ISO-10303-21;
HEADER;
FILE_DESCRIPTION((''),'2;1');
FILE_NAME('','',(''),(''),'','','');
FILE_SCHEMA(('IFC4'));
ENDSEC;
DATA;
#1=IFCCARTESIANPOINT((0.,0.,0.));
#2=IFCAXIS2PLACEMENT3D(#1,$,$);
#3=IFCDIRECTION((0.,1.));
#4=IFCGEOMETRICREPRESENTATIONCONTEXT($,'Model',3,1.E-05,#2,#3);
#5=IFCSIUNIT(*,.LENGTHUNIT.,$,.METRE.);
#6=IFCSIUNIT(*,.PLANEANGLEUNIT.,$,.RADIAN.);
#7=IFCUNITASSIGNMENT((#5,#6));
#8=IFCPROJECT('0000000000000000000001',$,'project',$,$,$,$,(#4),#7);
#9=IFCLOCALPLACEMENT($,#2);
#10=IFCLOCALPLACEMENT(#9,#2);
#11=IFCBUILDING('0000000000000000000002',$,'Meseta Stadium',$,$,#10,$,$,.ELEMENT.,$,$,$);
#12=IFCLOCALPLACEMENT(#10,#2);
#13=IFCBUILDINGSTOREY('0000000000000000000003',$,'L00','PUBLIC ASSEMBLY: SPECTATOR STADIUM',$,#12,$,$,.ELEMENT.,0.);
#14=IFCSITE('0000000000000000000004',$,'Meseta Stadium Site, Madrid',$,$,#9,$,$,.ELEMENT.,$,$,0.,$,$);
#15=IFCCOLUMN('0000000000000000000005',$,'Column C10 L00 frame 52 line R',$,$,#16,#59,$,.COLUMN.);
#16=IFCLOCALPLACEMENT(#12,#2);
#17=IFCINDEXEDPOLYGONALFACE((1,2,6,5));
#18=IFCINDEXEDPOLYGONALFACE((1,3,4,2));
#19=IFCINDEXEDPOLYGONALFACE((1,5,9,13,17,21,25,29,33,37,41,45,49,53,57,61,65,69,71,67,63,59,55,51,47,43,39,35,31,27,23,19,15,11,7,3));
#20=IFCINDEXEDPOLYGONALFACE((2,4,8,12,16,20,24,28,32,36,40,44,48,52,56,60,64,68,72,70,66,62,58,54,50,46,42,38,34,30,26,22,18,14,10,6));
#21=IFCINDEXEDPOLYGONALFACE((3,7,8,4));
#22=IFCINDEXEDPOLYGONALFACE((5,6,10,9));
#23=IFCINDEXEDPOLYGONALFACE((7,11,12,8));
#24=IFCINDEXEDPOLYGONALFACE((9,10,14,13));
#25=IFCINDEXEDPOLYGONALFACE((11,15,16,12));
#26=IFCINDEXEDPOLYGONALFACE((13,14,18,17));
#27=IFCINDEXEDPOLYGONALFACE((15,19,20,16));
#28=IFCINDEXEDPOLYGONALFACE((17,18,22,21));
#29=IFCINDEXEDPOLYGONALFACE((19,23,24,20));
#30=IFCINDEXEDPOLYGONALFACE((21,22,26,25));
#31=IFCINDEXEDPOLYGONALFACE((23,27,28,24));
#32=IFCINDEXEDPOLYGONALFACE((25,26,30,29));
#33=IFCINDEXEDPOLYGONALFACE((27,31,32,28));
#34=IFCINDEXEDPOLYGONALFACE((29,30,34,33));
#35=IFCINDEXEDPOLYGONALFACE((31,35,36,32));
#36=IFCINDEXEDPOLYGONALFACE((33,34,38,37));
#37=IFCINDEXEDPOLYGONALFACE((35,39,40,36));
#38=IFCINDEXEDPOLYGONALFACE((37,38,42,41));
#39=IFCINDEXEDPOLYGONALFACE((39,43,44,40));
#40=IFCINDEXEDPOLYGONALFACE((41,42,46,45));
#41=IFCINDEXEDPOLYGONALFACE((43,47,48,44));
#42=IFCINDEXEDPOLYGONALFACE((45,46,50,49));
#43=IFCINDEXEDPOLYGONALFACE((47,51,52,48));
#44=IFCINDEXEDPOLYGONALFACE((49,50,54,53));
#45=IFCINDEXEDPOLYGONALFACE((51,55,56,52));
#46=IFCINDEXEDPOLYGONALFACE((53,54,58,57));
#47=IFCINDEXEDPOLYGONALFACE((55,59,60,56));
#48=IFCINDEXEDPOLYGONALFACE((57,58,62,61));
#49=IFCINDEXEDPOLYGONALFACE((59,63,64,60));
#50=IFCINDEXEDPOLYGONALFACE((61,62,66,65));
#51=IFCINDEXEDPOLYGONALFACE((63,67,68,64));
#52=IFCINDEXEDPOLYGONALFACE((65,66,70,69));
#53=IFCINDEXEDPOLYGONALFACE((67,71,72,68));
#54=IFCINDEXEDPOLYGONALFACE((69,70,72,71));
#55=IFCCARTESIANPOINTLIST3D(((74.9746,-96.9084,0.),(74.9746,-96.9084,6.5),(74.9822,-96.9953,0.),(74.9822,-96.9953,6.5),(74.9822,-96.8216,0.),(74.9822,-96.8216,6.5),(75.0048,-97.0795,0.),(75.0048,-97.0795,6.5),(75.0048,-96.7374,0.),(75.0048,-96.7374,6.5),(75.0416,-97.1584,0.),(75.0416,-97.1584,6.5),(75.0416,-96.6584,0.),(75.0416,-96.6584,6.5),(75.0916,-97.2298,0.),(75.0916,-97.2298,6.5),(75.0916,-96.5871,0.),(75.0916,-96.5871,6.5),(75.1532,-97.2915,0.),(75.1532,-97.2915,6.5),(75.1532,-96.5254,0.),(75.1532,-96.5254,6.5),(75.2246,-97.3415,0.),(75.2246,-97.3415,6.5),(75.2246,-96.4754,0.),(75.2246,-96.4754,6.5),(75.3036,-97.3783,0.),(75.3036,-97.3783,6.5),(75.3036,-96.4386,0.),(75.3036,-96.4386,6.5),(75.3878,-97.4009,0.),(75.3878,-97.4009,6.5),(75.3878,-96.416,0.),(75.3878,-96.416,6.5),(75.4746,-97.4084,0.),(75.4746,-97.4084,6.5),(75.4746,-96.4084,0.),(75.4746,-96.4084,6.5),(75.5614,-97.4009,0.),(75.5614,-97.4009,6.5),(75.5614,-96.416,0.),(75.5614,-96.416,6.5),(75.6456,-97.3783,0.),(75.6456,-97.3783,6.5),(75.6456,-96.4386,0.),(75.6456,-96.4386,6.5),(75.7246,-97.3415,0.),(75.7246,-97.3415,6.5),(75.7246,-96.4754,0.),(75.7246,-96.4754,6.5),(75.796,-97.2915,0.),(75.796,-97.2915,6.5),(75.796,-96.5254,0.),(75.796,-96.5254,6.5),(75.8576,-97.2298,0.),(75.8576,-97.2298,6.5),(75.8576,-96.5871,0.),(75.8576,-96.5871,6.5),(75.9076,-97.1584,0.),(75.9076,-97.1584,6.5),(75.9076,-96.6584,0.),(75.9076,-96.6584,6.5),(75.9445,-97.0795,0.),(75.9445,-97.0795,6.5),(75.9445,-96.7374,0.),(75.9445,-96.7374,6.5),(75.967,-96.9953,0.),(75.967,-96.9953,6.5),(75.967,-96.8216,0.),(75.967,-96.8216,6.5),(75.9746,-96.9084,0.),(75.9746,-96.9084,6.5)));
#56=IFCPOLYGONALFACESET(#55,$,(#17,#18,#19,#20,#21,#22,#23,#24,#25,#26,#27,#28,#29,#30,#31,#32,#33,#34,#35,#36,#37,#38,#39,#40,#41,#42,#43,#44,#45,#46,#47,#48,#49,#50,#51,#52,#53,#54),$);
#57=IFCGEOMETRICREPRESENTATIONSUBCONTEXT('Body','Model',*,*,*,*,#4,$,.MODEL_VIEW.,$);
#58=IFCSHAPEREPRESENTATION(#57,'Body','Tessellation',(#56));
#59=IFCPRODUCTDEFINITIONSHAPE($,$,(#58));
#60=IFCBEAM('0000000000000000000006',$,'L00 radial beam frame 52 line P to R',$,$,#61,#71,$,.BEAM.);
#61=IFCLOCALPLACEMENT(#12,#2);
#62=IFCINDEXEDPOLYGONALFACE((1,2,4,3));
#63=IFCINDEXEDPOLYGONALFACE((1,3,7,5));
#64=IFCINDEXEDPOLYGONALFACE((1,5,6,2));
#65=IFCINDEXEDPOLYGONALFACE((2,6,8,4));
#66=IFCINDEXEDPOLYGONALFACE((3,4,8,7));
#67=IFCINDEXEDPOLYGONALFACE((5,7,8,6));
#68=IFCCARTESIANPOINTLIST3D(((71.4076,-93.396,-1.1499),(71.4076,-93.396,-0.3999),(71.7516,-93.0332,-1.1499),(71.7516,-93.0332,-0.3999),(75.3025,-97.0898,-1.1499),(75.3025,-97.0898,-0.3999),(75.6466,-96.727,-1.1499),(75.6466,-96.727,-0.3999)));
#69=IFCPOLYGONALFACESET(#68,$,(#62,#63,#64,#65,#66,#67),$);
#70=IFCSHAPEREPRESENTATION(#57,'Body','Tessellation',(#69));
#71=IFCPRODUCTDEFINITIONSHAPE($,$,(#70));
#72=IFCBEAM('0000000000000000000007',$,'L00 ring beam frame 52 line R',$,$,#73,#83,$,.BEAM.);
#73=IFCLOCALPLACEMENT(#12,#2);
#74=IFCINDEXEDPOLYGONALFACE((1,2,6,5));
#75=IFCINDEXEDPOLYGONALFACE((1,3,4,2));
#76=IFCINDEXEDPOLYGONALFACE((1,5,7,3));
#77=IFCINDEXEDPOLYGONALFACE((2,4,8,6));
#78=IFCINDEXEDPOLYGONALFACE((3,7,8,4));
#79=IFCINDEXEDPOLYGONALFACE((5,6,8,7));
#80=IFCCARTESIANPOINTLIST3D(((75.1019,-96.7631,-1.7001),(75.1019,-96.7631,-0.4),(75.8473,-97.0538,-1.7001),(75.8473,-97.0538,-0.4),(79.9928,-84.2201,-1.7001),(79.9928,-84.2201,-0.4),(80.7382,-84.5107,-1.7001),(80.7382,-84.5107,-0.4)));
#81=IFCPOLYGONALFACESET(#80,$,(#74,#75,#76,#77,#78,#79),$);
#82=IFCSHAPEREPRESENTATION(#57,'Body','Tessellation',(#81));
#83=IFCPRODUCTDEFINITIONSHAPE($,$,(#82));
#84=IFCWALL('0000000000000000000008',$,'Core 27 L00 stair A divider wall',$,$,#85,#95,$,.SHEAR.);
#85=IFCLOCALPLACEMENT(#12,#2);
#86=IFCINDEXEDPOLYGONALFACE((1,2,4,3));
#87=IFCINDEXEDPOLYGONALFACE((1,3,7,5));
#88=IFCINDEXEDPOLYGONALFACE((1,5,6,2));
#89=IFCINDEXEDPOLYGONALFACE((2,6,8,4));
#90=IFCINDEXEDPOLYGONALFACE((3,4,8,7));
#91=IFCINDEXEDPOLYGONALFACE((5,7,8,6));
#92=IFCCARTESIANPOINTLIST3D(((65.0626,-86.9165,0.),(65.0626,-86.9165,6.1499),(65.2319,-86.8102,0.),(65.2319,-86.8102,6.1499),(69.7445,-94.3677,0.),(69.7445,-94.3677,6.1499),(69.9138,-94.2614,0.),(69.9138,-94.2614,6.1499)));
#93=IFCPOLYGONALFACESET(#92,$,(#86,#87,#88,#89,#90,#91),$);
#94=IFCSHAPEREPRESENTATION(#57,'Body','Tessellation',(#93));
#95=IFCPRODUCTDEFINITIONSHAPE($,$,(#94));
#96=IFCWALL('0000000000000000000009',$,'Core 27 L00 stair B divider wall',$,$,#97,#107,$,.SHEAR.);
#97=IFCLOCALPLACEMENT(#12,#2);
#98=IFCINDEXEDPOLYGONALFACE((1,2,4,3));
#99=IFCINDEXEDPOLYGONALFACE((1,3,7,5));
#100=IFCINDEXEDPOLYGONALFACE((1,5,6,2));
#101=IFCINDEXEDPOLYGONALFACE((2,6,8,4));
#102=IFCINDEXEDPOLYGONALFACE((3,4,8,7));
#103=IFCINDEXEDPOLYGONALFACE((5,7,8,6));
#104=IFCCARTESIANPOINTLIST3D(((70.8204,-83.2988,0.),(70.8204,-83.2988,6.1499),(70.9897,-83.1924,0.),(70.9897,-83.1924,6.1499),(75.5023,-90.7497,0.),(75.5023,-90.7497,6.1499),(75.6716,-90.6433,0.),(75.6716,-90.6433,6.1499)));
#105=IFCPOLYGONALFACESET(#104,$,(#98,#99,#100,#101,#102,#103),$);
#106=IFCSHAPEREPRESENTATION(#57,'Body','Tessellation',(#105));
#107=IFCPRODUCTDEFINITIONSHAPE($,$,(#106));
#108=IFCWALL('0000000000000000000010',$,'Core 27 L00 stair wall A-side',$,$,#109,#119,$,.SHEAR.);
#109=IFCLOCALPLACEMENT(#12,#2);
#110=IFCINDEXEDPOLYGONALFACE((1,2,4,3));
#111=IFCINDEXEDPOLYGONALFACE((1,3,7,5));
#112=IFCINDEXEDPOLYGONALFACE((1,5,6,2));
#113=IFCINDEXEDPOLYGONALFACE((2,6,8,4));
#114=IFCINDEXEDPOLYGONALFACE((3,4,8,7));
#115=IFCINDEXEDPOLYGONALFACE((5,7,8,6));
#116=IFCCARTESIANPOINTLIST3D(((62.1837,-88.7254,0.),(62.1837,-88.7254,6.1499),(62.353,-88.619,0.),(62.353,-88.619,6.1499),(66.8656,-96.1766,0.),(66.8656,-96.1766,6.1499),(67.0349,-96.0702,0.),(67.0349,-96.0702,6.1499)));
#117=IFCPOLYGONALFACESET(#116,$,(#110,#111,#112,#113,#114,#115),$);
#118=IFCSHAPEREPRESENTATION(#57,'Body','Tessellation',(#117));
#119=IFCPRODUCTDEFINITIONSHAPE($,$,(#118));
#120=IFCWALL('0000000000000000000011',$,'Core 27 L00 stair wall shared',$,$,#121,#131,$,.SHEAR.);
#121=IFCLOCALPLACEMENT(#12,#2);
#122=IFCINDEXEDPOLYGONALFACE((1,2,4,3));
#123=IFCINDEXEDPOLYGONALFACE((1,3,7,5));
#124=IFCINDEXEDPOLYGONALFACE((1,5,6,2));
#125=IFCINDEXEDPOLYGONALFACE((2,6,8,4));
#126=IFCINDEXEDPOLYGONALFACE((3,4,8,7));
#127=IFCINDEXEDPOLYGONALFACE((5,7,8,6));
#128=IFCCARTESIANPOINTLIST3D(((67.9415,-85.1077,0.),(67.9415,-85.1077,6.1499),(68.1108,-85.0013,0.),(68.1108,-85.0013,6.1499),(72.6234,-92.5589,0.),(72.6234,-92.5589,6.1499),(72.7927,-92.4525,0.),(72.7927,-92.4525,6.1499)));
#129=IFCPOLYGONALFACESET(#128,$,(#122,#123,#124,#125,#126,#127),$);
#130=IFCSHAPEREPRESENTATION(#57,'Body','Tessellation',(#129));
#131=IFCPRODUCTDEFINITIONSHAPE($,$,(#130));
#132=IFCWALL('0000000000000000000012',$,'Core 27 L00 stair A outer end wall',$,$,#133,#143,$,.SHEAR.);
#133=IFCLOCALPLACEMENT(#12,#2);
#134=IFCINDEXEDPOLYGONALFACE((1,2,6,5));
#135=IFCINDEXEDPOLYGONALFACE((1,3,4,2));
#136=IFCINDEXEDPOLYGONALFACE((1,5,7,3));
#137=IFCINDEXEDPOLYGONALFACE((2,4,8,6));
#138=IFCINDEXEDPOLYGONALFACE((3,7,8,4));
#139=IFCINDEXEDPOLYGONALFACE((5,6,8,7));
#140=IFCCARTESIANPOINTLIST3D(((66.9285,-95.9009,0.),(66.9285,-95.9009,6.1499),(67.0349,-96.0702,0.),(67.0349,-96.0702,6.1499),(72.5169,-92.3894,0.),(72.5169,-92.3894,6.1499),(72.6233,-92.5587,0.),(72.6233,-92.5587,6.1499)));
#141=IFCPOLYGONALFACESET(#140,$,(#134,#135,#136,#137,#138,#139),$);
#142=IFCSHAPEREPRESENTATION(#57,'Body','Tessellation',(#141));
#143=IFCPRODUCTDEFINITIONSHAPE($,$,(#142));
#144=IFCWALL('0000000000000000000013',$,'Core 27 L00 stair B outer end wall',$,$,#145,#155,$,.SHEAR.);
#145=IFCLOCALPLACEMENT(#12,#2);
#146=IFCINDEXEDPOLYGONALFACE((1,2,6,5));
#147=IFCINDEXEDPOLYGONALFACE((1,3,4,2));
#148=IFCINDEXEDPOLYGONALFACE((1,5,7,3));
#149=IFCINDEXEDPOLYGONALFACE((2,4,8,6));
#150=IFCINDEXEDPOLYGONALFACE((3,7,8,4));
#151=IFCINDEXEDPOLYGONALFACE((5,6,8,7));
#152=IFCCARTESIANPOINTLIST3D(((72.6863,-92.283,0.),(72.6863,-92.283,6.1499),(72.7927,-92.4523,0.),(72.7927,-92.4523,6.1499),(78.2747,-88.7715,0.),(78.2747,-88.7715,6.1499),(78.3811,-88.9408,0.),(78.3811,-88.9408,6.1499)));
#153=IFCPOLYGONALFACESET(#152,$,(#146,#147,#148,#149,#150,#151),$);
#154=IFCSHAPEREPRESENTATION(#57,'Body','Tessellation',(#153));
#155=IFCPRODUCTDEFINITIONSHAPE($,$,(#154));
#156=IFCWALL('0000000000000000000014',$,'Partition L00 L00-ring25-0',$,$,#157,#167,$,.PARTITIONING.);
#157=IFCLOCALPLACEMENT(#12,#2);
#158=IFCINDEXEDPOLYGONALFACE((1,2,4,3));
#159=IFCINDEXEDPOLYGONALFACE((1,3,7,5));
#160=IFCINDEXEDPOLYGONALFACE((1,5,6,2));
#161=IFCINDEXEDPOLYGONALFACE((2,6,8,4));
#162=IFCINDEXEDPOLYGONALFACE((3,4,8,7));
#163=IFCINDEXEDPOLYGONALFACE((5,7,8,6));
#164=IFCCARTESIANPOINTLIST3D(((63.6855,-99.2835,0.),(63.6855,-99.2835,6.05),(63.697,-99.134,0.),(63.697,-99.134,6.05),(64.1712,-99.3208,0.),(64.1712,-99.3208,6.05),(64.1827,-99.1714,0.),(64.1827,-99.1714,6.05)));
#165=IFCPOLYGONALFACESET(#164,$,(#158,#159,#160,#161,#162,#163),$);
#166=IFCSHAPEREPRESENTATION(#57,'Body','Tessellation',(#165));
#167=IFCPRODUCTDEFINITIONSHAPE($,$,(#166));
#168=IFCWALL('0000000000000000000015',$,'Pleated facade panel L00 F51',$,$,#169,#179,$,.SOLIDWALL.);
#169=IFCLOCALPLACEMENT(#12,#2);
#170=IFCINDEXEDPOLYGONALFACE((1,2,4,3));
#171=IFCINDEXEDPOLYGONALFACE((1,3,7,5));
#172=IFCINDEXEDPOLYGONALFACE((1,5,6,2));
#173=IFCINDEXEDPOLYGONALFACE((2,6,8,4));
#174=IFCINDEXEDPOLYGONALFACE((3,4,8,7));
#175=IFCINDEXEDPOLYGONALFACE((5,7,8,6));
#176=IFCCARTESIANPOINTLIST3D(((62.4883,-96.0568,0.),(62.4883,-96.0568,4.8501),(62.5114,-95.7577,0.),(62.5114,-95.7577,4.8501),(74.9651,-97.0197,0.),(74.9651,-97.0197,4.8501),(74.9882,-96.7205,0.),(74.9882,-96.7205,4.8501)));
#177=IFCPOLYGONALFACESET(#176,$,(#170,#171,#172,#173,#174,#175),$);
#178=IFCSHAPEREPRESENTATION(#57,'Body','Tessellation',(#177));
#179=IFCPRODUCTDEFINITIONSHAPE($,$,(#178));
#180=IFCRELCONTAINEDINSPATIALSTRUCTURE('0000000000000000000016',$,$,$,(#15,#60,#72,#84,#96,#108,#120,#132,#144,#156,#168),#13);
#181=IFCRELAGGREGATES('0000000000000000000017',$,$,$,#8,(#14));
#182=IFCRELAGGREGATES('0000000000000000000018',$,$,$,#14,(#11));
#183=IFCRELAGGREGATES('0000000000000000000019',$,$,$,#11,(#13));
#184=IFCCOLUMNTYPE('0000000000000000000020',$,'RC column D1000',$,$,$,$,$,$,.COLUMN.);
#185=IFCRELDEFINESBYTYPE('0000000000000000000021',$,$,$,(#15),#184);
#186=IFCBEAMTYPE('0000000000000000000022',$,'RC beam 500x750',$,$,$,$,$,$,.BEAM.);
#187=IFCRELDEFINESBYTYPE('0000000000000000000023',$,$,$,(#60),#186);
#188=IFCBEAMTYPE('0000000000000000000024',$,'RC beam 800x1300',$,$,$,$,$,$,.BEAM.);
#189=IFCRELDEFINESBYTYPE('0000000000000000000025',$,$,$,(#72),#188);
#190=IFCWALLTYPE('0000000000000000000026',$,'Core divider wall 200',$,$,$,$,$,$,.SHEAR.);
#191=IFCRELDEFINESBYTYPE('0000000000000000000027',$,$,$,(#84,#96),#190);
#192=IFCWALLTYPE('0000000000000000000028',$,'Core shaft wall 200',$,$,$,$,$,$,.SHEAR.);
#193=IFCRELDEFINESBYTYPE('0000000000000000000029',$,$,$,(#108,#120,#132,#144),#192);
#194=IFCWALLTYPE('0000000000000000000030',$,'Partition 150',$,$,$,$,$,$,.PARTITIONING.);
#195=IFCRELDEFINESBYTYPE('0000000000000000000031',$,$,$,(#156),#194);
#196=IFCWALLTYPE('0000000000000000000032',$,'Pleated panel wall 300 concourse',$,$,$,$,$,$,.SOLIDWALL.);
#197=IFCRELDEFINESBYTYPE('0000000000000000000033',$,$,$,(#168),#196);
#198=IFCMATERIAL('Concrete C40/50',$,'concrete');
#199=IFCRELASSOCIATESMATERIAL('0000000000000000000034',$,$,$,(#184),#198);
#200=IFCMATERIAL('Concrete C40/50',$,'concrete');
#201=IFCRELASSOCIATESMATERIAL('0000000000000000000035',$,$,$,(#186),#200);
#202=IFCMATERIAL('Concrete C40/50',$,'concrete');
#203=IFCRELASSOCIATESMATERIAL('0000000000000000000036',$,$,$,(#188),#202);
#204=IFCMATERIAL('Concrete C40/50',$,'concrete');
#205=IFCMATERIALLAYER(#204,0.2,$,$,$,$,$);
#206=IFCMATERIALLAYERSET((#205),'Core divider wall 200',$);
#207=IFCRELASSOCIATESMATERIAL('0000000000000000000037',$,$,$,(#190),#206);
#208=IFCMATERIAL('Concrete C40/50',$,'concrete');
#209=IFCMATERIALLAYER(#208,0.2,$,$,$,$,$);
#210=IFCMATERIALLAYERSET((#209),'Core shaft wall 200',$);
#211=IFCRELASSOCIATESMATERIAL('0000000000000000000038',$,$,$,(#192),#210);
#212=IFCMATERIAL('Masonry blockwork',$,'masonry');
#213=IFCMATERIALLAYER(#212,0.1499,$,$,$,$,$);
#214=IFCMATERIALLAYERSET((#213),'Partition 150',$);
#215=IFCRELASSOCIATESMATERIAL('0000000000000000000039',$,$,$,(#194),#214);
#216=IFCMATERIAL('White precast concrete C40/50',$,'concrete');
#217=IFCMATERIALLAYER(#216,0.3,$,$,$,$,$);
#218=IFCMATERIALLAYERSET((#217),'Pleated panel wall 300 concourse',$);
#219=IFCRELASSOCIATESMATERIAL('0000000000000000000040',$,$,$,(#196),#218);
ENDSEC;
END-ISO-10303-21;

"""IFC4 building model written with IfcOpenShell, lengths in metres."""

from ifc_helpers import new_model, si_unit, direction, frame, frame_2d, origin, origin_2d, place, context, subcontext, project, spatial, rectangle, circle, extrude, material, layer, layer_set, material_profile, profile_set, type_object, element, save


model = new_model("IFC4")

# Units and contexts
model_context = context("Model", 3, precision=1e-05, world=origin(), true_north=direction((0.0, 1.0)))
body_context = subcontext(model_context, "Body", "Model", "MODEL_VIEW")
ifc_project = project(units=[si_unit("LENGTHUNIT", "METRE"), si_unit("PLANEANGLEUNIT", "RADIAN")], contexts=[model_context])

# Site, building, storey
site_placement = place(None, origin())
site = spatial("IfcSite", under=ifc_project, at=site_placement, Name="Meseta Stadium Site, Madrid", CompositionType="ELEMENT", RefElevation=0.0)
building_placement = place(site_placement, origin())
building = spatial("IfcBuilding", under=site, at=building_placement, Name="Meseta Stadium", CompositionType="ELEMENT")
storey_placement = place(building_placement, origin())
storey = spatial("IfcBuildingStorey", under=building, at=storey_placement, Name="L00", Description="PUBLIC ASSEMBLY: SPECTATOR STADIUM", CompositionType="ELEMENT", Elevation=0.0)

# Column
ifc_material_1 = material(Name="Concrete C40/50", Category="concrete")
ifc_material_profile_1 = material_profile(ifc_material_1, circle(Radius=0.5, at=origin_2d()), Name="RC D1000")
ifc_profile_set_1 = profile_set([ifc_material_profile_1], Name="Concrete C40/50")
column_type = type_object("IfcColumnType", Name="RC column D1000", PredefinedType="COLUMN", material=ifc_profile_set_1)
column_placement = place(storey_placement, frame((75.4746, -96.9084, 0.0), z_axis=(0.0, 0.0, 1.0), x_axis=(1.0, 0.0, 0.0)))
element("IfcColumn", 1, at=column_placement, inside=storey, type_object=column_type, Name="Column C10 L00 frame 52 line R", PredefinedType="COLUMN", context=body_context, shape_type="SweptSolid", body=[
    extrude(circle(Radius=0.5, at=origin_2d()), origin(), (0.0, 0.0, 1.0), 6.5),
])

# Beams
ifc_material_2 = material(Name="Concrete C40/50", Category="concrete")
ifc_material_profile_2 = material_profile(ifc_material_2, rectangle(XDim=0.5, YDim=0.75, at=origin_2d()), Name="RC 500x750")
ifc_profile_set_2 = profile_set([ifc_material_profile_2], Name="Concrete C40/50")
beam_type_1 = type_object("IfcBeamType", Name="RC beam 500x750", PredefinedType="BEAM", material=ifc_profile_set_2)
beam_1_placement = place(storey_placement, frame((71.5796, -93.2146, -0.7749), z_axis=(0.725596, -0.68812, 0.0), x_axis=(0.68812, 0.725596, 0.0)))
element("IfcBeam", 2, at=beam_1_placement, inside=storey, type_object=beam_type_1, Name="L00 radial beam frame 52 line P to R", PredefinedType="BEAM", context=body_context, shape_type="SweptSolid", body=[
    extrude(rectangle(XDim=0.5, YDim=0.75, at=origin_2d()), origin(), (0.0, 0.0, 1.0), 5.3679),
])
ifc_material_3 = material(Name="Concrete C40/50", Category="concrete")
ifc_material_profile_3 = material_profile(ifc_material_3, rectangle(XDim=0.8, YDim=1.3, at=origin_2d()), Name="RC 800x1300")
ifc_profile_set_3 = profile_set([ifc_material_profile_3], Name="Concrete C40/50")
beam_type_2 = type_object("IfcBeamType", Name="RC beam 800x1300", PredefinedType="BEAM", material=ifc_profile_set_3)
beam_2_placement = place(storey_placement, frame((75.4746, -96.9084, -1.05), z_axis=(0.363288, 0.931677, 0.0), x_axis=(-0.931677, 0.363288, 0.0)))
element("IfcBeam", 3, at=beam_2_placement, inside=storey, type_object=beam_type_2, Name="L00 ring beam frame 52 line R", PredefinedType="BEAM", context=body_context, shape_type="SweptSolid", body=[
    extrude(rectangle(XDim=0.8, YDim=1.3, at=origin_2d()), origin(), (0.0, 0.0, 1.0), 13.4629),
])

# Walls
ifc_material_4 = material(Name="Concrete C40/50", Category="concrete")
ifc_layer_1 = layer(ifc_material_4, 0.2)
ifc_layer_set_1 = layer_set([ifc_layer_1], Name="Core divider wall 200")
wall_type_1 = type_object("IfcWallType", Name="Core divider wall 200", PredefinedType="SHEAR", material=ifc_layer_set_1)
wall_1_placement = place(storey_placement, frame((69.8291, -94.3145, 0.0), z_axis=(0.0, 0.0, 1.0), x_axis=(-0.532032, 0.846724, 0.0)))
element("IfcWall", 4, at=wall_1_placement, inside=storey, type_object=wall_type_1, Name="Core 27 L00 stair A divider wall", PredefinedType="SHEAR", context=body_context, shape_type="SweptSolid", body=[
    extrude(rectangle(XDim=8.8, YDim=0.2, at=frame_2d((4.3999, 0.0))), origin(), (0.0, 0.0, 1.0), 6.1499),
])
wall_2_placement = place(storey_placement, frame((75.5869, -90.6965, 0.0), z_axis=(0.0, 0.0, 1.0), x_axis=(-0.532045, 0.846716, 0.0)))
element("IfcWall", 5, at=wall_2_placement, inside=storey, type_object=wall_type_1, Name="Core 27 L00 stair B divider wall", PredefinedType="SHEAR", context=body_context, shape_type="SweptSolid", body=[
    extrude(rectangle(XDim=8.7998, YDim=0.2, at=frame_2d((4.3999, 0.0))), origin(), (0.0, 0.0, 1.0), 6.1499),
])
ifc_material_5 = material(Name="Concrete C40/50", Category="concrete")
ifc_layer_2 = layer(ifc_material_5, 0.2)
ifc_layer_set_2 = layer_set([ifc_layer_2], Name="Core shaft wall 200")
wall_type_2 = type_object("IfcWallType", Name="Core shaft wall 200", PredefinedType="SHEAR", material=ifc_layer_set_2)
for number, where, z_axis, x_axis, name in (
    (6, (66.9502, -96.1233, 0.0), (0.0, 0.0, 1.0), (-0.532032, 0.846724, 0.0), "Core 27 L00 stair wall A-side"),
    (7, (72.708, -92.5056, 0.0), (0.0, 0.0, 1.0), (-0.532032, 0.846724, 0.0), "Core 27 L00 stair wall shared"),
):
    element("IfcWall", number, at=place(storey_placement, frame(where, z_axis=z_axis, x_axis=x_axis)), inside=storey, type_object=wall_type_2, Name=name, PredefinedType="SHEAR", context=body_context, shape_type="SweptSolid", body=[
        extrude(rectangle(XDim=8.8, YDim=0.2, at=frame_2d((4.3999, 0.0))), origin(), (0.0, 0.0, 1.0), 6.1499),
    ])
for number, where, z_axis, x_axis, name in (
    (8, (66.9817, -95.9856, 0.0), (0.0, 0.0, 1.0), (0.84672, 0.532039, 0.0), "Core 27 L00 stair A outer end wall"),
    (9, (72.7395, -92.3677, 0.0), (0.0, 0.0, 1.0), (0.84672, 0.532039, 0.0), "Core 27 L00 stair B outer end wall"),
):
    element("IfcWall", number, at=place(storey_placement, frame(where, z_axis=z_axis, x_axis=x_axis)), inside=storey, type_object=wall_type_2, Name=name, PredefinedType="SHEAR", context=body_context, shape_type="SweptSolid", body=[
        extrude(rectangle(XDim=6.6001, YDim=0.2, at=frame_2d((3.3, 0.0))), origin(), (0.0, 0.0, 1.0), 6.1499),
    ])
ifc_material_6 = material(Name="Masonry blockwork", Category="masonry")
ifc_layer_3 = layer(ifc_material_6, 0.1499)
ifc_layer_set_3 = layer_set([ifc_layer_3], Name="Partition 150")
wall_type_3 = type_object("IfcWallType", Name="Partition 150", PredefinedType="PARTITIONING", material=ifc_layer_set_3)
wall_3_placement = place(storey_placement, frame((63.6912, -99.2087, 0.0), z_axis=(0.0, 0.0, 1.0), x_axis=(0.997054, -0.076696, 0.0)))
element("IfcWall", 10, at=wall_3_placement, inside=storey, type_object=wall_type_3, Name="Partition L00 L00-ring25-0", PredefinedType="PARTITIONING", context=body_context, shape_type="SweptSolid", body=[
    extrude(rectangle(XDim=0.4871, YDim=0.1499, at=frame_2d((0.2437, 0.0))), origin(), (0.0, 0.0, 1.0), 6.05),
])
ifc_material_7 = material(Name="White precast concrete C40/50", Category="concrete")
ifc_layer_4 = layer(ifc_material_7, 0.3)
ifc_layer_set_4 = layer_set([ifc_layer_4], Name="Pleated panel wall 300 concourse")
wall_type_4 = type_object("IfcWallType", Name="Pleated panel wall 300 concourse", PredefinedType="SOLIDWALL", material=ifc_layer_set_4)
wall_4_placement = place(storey_placement, frame((74.9766, -96.8701, 0.0), z_axis=(0.0, 0.0, 1.0), x_axis=(-0.997035, 0.076946, 0.0)))
element("IfcWall", 11, at=wall_4_placement, inside=storey, type_object=wall_type_4, Name="Pleated facade panel L00 F51", PredefinedType="SOLIDWALL", context=body_context, shape_type="SweptSolid", body=[
    extrude(rectangle(XDim=12.5139, YDim=0.3, at=frame_2d((6.2568, 0.0))), origin(), (0.0, 0.0, 1.0), 4.8501),
])

save(model, "model.ifc")
